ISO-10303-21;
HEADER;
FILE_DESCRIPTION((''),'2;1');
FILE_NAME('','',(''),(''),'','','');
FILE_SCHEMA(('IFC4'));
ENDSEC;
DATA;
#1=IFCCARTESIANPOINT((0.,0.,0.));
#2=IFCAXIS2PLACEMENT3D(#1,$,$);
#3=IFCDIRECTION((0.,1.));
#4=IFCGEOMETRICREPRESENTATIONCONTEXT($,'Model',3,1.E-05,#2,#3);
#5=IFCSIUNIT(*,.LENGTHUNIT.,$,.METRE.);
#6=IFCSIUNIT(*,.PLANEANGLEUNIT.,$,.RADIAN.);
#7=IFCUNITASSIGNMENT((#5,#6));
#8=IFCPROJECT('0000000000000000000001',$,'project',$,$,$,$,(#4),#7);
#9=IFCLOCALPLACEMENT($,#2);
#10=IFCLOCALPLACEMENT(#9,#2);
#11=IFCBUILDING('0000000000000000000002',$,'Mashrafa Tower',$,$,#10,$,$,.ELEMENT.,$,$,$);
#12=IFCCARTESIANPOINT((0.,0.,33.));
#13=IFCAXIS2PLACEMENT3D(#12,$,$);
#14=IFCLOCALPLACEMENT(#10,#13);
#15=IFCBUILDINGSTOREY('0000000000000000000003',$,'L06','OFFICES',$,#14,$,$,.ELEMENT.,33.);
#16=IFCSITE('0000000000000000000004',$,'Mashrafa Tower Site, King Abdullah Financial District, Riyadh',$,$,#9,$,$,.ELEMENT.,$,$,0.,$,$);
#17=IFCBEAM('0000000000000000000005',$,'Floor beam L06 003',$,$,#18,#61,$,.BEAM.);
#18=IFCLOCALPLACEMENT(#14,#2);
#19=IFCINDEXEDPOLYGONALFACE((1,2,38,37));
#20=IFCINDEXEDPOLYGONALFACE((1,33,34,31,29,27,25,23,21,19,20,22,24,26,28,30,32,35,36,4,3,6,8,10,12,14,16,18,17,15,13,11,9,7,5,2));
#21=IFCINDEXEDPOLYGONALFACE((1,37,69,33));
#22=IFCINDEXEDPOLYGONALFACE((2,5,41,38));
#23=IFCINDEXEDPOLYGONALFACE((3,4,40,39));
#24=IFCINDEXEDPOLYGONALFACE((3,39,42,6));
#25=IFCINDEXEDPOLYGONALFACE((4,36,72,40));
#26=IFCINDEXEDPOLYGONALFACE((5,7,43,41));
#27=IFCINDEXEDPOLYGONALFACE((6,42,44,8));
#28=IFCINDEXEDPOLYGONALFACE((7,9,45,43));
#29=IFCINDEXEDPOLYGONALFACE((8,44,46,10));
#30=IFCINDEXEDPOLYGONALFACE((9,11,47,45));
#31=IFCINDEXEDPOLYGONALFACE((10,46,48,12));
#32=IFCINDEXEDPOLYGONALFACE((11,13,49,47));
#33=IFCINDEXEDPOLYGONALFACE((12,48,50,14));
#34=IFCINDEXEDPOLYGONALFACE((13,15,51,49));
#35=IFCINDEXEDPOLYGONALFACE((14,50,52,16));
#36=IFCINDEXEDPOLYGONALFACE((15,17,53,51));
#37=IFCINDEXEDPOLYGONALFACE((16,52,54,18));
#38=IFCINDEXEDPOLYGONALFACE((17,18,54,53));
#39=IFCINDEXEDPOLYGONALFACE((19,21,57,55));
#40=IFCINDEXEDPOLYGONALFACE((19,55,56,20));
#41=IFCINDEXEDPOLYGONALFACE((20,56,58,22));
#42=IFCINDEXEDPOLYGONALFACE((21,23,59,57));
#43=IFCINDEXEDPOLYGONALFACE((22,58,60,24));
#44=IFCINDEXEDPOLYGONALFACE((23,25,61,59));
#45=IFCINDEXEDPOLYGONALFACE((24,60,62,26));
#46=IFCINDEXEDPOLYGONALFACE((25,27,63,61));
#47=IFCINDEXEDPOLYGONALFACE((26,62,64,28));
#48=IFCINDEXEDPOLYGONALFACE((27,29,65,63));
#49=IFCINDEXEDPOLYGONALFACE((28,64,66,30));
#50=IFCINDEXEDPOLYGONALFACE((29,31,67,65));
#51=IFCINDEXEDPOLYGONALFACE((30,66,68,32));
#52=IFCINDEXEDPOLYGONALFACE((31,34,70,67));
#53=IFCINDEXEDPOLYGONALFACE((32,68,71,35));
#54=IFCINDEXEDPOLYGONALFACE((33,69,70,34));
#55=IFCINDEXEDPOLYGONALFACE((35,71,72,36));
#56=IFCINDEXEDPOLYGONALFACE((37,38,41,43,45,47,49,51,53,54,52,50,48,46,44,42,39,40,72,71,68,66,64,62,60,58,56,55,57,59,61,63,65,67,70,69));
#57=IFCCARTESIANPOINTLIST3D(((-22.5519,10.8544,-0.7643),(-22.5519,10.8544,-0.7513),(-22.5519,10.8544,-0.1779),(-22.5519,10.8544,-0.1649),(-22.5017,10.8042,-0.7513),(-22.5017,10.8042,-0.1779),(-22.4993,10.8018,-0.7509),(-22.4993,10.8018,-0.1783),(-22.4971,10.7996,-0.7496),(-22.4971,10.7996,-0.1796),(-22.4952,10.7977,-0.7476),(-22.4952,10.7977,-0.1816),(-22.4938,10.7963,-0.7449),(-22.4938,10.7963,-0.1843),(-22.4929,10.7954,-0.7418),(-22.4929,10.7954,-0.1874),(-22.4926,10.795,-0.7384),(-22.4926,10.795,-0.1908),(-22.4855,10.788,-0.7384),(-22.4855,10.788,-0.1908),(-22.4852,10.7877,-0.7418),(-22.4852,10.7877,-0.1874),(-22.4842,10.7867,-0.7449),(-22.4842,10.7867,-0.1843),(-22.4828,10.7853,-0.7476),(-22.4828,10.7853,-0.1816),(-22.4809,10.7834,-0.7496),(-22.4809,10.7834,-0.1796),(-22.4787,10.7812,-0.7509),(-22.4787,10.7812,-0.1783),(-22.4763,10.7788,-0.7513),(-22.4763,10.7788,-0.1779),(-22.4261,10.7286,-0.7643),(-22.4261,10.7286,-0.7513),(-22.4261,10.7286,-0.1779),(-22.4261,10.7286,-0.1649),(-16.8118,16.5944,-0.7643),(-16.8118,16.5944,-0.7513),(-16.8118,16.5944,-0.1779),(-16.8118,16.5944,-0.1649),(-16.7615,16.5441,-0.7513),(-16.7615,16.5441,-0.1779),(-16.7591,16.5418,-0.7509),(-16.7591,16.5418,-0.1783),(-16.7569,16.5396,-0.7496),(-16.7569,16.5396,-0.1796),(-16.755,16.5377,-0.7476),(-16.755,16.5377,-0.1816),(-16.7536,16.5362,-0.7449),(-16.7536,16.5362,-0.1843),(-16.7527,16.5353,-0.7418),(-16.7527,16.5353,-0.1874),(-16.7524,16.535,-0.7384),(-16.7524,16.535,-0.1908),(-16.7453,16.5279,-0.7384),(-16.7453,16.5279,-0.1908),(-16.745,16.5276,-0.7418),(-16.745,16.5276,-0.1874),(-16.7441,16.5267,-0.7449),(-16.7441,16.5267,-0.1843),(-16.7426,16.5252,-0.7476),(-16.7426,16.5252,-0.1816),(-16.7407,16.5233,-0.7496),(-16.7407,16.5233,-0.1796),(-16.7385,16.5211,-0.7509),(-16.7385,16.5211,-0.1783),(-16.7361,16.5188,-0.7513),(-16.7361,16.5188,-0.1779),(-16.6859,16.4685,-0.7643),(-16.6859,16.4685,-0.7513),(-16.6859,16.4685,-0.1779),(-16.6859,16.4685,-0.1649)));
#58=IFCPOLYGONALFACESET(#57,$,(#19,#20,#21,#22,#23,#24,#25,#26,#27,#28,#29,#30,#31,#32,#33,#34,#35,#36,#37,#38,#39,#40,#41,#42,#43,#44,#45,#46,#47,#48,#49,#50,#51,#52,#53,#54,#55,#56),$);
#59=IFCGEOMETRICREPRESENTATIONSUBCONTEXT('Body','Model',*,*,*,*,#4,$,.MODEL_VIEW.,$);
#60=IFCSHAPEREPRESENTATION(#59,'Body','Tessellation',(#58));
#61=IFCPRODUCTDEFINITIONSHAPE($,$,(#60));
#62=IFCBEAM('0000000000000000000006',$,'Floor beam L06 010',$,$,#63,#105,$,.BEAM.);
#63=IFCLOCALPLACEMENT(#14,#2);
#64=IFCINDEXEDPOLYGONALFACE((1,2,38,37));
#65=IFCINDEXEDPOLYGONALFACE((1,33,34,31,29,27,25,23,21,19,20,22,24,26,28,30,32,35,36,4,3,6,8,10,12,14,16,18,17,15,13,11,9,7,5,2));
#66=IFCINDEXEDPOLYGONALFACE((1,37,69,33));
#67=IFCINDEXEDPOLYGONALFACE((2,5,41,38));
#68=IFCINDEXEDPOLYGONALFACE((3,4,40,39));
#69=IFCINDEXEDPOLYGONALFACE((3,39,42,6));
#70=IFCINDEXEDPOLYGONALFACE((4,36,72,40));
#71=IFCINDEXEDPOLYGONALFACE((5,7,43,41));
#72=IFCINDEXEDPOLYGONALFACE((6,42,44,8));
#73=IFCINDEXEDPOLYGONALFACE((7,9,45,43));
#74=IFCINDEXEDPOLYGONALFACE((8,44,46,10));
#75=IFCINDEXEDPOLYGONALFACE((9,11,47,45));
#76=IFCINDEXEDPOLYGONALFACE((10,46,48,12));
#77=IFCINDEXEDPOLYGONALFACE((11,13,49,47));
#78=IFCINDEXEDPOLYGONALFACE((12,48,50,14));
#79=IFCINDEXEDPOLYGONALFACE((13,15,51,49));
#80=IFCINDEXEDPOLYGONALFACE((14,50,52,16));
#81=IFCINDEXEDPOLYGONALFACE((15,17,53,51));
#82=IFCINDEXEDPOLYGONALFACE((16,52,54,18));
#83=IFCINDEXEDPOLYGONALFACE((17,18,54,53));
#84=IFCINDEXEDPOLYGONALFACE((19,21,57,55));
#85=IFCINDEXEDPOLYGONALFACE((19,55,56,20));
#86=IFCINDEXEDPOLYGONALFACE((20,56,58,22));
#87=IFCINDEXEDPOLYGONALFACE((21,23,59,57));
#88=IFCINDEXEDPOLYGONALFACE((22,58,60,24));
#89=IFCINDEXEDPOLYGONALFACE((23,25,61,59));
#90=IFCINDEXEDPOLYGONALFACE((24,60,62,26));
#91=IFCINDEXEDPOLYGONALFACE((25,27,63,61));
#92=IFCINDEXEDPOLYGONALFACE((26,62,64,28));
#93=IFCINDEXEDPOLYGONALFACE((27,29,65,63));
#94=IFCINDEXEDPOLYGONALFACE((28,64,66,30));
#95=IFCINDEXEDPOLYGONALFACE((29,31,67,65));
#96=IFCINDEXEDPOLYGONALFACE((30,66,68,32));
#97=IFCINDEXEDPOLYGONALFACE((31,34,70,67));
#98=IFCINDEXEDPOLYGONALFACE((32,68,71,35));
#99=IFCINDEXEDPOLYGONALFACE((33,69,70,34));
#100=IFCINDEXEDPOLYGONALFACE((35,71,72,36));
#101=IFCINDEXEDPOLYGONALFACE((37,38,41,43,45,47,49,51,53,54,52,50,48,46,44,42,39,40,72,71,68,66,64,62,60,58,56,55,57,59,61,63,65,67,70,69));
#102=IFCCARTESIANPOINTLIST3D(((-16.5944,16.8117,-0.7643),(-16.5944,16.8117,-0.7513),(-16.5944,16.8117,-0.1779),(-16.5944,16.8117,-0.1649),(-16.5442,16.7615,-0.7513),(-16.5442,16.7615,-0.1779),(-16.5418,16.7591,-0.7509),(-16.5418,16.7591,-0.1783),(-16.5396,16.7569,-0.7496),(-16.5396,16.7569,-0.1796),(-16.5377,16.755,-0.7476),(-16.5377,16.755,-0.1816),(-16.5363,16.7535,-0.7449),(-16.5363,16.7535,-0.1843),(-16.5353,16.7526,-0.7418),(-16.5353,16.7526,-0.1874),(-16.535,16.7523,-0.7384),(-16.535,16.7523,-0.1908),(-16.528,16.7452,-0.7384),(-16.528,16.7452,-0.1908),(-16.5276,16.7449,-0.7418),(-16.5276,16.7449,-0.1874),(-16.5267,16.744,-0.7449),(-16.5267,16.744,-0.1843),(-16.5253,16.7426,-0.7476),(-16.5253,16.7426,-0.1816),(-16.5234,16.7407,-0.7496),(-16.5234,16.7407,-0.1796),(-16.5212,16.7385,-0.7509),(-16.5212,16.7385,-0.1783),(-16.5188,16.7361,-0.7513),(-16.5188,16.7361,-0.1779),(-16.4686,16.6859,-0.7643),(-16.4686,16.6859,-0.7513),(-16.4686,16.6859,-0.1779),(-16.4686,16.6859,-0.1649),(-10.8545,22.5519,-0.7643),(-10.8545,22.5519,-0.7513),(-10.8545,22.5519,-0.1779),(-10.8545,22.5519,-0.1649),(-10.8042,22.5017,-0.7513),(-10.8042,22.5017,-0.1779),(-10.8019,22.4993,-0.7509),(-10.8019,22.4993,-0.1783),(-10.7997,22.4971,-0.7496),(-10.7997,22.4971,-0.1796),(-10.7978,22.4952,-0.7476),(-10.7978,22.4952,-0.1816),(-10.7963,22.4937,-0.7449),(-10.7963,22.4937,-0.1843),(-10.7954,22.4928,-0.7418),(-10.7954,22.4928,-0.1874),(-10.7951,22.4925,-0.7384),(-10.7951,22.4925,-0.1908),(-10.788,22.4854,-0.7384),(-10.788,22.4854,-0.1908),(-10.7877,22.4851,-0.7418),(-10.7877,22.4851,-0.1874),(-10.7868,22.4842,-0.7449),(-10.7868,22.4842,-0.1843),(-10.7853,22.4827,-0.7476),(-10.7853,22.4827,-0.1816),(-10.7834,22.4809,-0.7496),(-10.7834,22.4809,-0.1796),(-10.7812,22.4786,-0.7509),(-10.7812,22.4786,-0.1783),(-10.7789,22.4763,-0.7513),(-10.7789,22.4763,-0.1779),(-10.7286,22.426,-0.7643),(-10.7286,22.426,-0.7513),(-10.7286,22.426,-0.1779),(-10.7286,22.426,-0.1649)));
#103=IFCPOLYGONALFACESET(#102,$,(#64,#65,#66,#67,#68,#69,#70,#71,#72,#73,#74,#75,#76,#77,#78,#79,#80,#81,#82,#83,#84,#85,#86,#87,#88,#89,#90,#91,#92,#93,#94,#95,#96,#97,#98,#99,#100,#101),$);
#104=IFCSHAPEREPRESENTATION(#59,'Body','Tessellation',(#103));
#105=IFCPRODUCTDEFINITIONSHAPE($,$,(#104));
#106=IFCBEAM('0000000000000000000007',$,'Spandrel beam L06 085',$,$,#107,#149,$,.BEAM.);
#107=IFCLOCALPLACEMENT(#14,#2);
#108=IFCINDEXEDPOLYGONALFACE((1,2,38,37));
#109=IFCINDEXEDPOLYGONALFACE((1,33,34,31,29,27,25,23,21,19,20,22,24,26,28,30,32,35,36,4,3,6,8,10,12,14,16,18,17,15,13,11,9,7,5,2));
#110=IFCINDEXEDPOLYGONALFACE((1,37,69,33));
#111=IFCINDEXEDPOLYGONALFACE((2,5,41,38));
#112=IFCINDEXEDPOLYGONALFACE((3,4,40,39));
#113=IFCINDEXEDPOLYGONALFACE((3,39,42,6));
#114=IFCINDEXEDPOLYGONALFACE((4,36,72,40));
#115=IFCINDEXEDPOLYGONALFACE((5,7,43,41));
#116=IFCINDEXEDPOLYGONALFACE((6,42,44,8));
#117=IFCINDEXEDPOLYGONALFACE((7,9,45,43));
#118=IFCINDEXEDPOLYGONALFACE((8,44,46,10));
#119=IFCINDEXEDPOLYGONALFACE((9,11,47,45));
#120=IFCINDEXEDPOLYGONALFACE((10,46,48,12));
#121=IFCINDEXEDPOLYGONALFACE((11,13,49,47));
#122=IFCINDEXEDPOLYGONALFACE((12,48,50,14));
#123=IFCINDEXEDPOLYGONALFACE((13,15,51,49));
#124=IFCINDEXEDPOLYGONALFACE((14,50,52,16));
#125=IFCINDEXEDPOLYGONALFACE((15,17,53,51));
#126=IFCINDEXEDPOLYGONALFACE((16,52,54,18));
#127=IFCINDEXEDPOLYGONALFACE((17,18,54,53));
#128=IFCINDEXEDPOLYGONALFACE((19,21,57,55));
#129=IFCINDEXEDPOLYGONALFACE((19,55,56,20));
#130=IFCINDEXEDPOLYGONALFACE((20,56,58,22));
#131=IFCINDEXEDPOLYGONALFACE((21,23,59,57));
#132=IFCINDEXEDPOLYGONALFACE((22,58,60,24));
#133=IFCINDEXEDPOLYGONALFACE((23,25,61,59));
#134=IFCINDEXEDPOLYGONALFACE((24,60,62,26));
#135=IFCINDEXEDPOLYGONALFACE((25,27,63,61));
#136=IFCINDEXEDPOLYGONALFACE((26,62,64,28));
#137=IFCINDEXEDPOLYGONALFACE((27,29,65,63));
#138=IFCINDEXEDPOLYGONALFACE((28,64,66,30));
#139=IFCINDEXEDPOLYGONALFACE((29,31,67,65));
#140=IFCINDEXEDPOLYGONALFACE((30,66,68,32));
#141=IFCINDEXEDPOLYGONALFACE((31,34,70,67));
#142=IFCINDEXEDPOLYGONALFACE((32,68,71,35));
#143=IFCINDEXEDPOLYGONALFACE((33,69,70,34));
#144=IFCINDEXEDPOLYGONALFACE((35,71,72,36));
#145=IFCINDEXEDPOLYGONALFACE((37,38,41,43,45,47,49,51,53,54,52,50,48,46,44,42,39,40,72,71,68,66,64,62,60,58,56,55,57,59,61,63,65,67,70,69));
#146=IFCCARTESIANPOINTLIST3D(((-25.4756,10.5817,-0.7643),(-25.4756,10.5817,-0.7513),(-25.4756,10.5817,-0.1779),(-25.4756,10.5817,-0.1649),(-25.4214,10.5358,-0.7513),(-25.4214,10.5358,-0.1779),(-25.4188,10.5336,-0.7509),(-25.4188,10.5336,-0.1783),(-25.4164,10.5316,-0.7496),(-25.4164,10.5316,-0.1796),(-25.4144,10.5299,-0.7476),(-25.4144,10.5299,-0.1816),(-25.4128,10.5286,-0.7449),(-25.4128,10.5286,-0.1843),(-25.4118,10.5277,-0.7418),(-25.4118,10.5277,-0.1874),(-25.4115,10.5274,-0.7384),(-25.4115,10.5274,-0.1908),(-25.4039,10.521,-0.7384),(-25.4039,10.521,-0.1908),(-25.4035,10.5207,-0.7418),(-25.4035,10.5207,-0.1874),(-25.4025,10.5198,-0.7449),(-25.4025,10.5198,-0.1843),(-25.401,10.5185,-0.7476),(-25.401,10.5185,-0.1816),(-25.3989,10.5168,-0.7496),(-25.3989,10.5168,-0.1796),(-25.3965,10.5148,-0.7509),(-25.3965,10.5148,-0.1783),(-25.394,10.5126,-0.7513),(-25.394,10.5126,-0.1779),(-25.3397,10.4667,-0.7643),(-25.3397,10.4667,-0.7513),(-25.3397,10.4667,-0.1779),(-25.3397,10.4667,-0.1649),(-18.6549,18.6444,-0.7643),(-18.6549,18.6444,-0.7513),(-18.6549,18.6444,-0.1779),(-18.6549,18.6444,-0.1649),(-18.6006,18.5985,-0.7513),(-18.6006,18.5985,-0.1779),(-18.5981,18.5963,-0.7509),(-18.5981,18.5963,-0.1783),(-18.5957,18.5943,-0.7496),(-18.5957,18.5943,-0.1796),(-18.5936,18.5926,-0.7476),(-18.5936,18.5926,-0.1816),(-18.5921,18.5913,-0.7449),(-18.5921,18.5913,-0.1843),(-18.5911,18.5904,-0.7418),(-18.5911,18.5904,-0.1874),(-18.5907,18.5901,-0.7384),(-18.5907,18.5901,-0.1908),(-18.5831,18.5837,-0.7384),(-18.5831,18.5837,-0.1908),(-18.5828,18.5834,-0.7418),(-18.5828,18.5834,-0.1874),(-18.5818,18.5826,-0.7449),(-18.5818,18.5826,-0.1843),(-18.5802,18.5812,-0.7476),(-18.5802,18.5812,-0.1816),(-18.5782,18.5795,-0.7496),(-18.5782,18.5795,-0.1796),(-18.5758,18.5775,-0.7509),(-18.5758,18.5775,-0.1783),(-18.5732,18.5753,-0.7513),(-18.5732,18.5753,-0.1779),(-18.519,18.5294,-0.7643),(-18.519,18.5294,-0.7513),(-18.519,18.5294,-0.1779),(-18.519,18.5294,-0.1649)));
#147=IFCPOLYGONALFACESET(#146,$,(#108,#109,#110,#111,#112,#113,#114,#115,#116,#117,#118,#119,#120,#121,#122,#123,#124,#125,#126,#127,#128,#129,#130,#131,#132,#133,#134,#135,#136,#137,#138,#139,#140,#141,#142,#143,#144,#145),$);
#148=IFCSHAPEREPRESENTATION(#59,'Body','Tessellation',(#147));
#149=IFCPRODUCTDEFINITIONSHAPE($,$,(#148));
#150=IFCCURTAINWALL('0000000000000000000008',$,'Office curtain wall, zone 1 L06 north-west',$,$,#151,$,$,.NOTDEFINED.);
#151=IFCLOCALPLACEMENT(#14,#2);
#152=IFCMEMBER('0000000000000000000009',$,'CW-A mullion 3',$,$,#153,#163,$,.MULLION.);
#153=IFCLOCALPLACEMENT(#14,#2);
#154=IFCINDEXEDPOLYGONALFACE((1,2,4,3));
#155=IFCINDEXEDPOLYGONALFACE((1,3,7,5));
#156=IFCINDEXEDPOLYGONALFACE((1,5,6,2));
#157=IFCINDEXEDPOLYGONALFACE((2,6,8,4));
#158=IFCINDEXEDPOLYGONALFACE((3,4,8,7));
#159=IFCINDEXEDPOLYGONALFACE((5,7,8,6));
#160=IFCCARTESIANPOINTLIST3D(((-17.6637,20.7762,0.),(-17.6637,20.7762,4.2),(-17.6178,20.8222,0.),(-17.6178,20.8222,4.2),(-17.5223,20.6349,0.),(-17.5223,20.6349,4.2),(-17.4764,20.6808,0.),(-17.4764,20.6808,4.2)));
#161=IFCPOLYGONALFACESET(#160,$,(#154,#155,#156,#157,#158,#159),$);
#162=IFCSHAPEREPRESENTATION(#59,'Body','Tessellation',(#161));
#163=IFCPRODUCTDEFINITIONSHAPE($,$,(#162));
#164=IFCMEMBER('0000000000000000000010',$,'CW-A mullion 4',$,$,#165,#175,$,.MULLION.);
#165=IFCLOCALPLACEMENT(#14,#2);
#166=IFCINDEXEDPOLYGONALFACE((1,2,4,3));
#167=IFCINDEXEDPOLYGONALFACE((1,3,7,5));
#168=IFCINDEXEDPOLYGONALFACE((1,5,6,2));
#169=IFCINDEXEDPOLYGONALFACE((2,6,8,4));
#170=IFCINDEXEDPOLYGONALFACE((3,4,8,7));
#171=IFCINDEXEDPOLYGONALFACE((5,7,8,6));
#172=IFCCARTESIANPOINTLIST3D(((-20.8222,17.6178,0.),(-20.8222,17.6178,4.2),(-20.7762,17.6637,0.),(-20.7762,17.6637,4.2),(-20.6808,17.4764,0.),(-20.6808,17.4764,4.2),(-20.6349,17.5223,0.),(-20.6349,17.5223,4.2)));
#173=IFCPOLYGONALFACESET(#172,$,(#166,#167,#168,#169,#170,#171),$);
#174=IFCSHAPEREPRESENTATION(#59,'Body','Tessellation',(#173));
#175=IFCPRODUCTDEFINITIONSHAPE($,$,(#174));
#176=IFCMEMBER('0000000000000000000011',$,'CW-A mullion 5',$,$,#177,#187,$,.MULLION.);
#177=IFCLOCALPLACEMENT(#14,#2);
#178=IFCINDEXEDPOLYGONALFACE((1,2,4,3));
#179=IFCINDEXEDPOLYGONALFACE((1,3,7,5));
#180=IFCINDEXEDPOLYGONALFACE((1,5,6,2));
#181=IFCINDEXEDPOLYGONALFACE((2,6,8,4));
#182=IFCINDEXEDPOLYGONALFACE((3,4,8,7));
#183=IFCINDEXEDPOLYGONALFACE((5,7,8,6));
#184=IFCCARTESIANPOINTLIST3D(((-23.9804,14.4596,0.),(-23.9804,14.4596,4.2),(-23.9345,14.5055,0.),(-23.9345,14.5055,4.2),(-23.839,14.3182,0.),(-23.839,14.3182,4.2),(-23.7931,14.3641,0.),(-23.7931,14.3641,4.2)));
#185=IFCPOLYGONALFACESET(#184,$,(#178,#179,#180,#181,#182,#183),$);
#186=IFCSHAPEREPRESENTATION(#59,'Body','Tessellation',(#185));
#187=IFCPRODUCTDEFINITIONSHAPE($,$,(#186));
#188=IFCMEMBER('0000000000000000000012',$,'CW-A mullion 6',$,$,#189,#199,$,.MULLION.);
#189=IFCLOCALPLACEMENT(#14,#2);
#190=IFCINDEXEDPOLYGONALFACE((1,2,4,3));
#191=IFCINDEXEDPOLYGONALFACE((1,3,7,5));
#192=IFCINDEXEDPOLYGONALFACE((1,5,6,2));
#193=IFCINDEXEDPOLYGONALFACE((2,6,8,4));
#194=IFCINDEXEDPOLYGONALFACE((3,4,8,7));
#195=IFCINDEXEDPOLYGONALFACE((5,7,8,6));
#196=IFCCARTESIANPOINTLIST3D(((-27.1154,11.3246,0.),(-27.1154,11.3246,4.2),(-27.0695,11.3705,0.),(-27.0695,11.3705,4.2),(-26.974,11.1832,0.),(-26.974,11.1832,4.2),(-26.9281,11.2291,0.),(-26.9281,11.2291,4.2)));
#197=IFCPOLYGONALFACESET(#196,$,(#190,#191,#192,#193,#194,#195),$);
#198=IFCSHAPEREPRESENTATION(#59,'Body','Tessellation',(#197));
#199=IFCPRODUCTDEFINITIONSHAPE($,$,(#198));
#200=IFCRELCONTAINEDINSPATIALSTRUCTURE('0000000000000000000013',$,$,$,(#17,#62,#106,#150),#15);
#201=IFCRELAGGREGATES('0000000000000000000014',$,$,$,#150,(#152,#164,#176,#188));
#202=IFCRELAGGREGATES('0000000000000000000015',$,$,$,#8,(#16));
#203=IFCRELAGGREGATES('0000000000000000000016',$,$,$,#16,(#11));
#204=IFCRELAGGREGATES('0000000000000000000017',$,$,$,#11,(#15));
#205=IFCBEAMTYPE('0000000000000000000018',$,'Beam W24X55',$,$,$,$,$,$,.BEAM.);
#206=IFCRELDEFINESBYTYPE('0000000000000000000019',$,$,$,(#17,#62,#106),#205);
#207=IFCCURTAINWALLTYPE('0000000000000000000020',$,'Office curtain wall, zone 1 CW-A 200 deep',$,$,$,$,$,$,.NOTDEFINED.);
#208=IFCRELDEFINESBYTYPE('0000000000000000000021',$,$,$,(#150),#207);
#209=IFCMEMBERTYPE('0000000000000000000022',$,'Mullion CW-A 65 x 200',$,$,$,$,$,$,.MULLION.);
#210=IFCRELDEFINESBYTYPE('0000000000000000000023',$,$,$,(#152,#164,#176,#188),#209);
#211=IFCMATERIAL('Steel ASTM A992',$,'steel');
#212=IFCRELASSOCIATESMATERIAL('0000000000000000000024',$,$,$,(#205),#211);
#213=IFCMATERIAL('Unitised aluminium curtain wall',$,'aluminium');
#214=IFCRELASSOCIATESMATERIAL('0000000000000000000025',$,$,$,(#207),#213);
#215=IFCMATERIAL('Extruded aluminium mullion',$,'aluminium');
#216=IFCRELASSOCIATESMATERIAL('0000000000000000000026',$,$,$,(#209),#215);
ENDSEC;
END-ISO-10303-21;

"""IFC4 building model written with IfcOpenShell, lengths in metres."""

from ifc_helpers import new_model, si_unit, direction, frame, origin, origin_2d, place, context, subcontext, project, spatial, rectangle, i_section, extrude, source, transform, mapped, material, material_profile, profile_set, type_object, type_shapes, element, aggregate, save


model = new_model("IFC4")

# Units and contexts
model_context = context("Model", 3, precision=1e-05, world=origin(), true_north=direction((0.0, 1.0)))
body_context = subcontext(model_context, "Body", "Model", "MODEL_VIEW")
ifc_project = project(units=[si_unit("LENGTHUNIT", "METRE"), si_unit("PLANEANGLEUNIT", "RADIAN")], contexts=[model_context])

# Site, building, storey
site_placement = place(None, origin())
site = spatial("IfcSite", under=ifc_project, at=site_placement, Name="Mashrafa Tower Site, King Abdullah Financial District, Riyadh", CompositionType="ELEMENT", RefElevation=0.0)
building_placement = place(site_placement, origin())
building = spatial("IfcBuilding", under=site, at=building_placement, Name="Mashrafa Tower", CompositionType="ELEMENT")
storey_placement = place(building_placement, frame((0.0, 0.0, 33.0)))
storey = spatial("IfcBuildingStorey", under=building, at=storey_placement, Name="L06", Description="OFFICES", CompositionType="ELEMENT", Elevation=33.0)

# Beams
ifc_material_1 = material(Name="Steel ASTM A992", Category="steel")
ifc_material_profile_1 = material_profile(ifc_material_1, i_section(OverallWidth=0.178, OverallDepth=0.5994, WebThickness=0.01, FlangeThickness=0.0129, FilletRadius=0.0129, at=origin_2d()), Name="W24X55")
ifc_profile_set_1 = profile_set([ifc_material_profile_1], Name="Steel ASTM A992")
beam_type_1 = type_object("IfcBeamType", Name="Beam W24X55", PredefinedType="BEAM", material=ifc_profile_set_1)
for number, where, z_axis, x_axis, name in (
    (1, (-22.489, 10.7915, -0.4646), (0.707122, 0.707092, 0.0), (-0.707092, 0.707122, 0.0), "Floor beam L06 003"),
    (2, (-16.5315, 16.7488, -0.4646), (0.707092, 0.707122, 0.0), (-0.707122, 0.707092, 0.0), "Floor beam L06 010"),
):
    element("IfcBeam", number, at=place(storey_placement, frame(where, z_axis=z_axis, x_axis=x_axis)), inside=storey, type_object=beam_type_1, Name=name, PredefinedType="BEAM", context=body_context, shape_type="SweptSolid", body=[
        extrude(i_section(OverallWidth=0.178, OverallDepth=0.5994, WebThickness=0.01, FlangeThickness=0.0129, FilletRadius=0.0129, at=origin_2d()), origin(), (0.0, 0.0, 1.0), 8.1177),
    ])
beam_1_placement = place(storey_placement, frame((-18.5869, 18.5869, -0.4646), z_axis=(-0.645858, -0.763457, 0.0), x_axis=(0.763457, -0.645858, 0.0)))
element("IfcBeam", 3, at=beam_1_placement, inside=storey, type_object=beam_type_1, Name="Spandrel beam L06 085", PredefinedType="BEAM", context=body_context, shape_type="SweptSolid", body=[
    extrude(i_section(OverallWidth=0.178, OverallDepth=0.5994, WebThickness=0.01, FlangeThickness=0.0129, FilletRadius=0.0129, at=origin_2d()), origin(), (0.0, 0.0, 1.0), 10.5608),
])

# Curtain wall, members
ifc_material_2 = material(Name="Unitised aluminium curtain wall", Category="aluminium")
curtain_wall_type = type_object("IfcCurtainWallType", Name="Office curtain wall, zone 1 CW-A 200 deep", PredefinedType="NOTDEFINED", material=ifc_material_2)
curtain_wall_1_placement = place(storey_placement, origin())
curtain_wall_1 = element("IfcCurtainWall", 4, at=curtain_wall_1_placement, inside=storey, type_object=curtain_wall_type, Name="Office curtain wall, zone 1 L06 north-west", PredefinedType="NOTDEFINED")
ifc_material_3 = material(Name="Extruded aluminium mullion", Category="aluminium")
ifc_material_profile_2 = material_profile(ifc_material_3, rectangle(XDim=0.2, YDim=0.0649, at=origin_2d()), Name="Mullion 65x200")
ifc_profile_set_2 = profile_set([ifc_material_profile_2], Name="Extruded aluminium mullion")
member_type_1 = type_object("IfcMemberType", Name="Mullion CW-A 65 x 200", PredefinedType="MULLION", material=ifc_profile_set_2)
shared_shape_1 = source(origin(), body_context, "Body", "SweptSolid", [
    extrude(rectangle(XDim=0.2, YDim=0.0649, at=origin_2d()), origin(), (0.0, 0.0, 1.0), 4.2),
])
type_shapes(member_type_1, [shared_shape_1])
member_1_placement = place(storey_placement, frame((-17.5701, 20.7285, 0.0), z_axis=(0.0, 0.0, 1.0), x_axis=(0.707107, -0.707107, 0.0)))
member_1 = element("IfcMember", 5, at=member_1_placement, type_object=member_type_1, Name="CW-A mullion 3", PredefinedType="MULLION", context=body_context, shape_type="MappedRepresentation", body=[
    mapped(shared_shape_1, transform((0.0, 0.0, 0.0))),
])
member_2_placement = place(storey_placement, frame((-20.7285, 17.5701, 0.0), z_axis=(0.0, 0.0, 1.0), x_axis=(0.707107, -0.707107, 0.0)))
member_2 = element("IfcMember", 6, at=member_2_placement, type_object=member_type_1, Name="CW-A mullion 4", PredefinedType="MULLION", context=body_context, shape_type="MappedRepresentation", body=[
    mapped(shared_shape_1, transform((0.0, 0.0, 0.0))),
])
member_3_placement = place(storey_placement, frame((-23.8867, 14.4119, 0.0), z_axis=(0.0, 0.0, 1.0), x_axis=(0.707107, -0.707107, 0.0)))
member_3 = element("IfcMember", 7, at=member_3_placement, type_object=member_type_1, Name="CW-A mullion 5", PredefinedType="MULLION", context=body_context, shape_type="MappedRepresentation", body=[
    mapped(shared_shape_1, transform((0.0, 0.0, 0.0))),
])
member_4_placement = place(storey_placement, frame((-27.0217, 11.2769, 0.0), z_axis=(0.0, 0.0, 1.0), x_axis=(0.707107, -0.707107, 0.0)))
member_4 = element("IfcMember", 8, at=member_4_placement, type_object=member_type_1, Name="CW-A mullion 6", PredefinedType="MULLION", context=body_context, shape_type="MappedRepresentation", body=[
    mapped(shared_shape_1, transform((0.0, 0.0, 0.0))),
])

aggregate(curtain_wall_1, [member_1, member_2, member_3, member_4])

save(model, "model.ifc")
